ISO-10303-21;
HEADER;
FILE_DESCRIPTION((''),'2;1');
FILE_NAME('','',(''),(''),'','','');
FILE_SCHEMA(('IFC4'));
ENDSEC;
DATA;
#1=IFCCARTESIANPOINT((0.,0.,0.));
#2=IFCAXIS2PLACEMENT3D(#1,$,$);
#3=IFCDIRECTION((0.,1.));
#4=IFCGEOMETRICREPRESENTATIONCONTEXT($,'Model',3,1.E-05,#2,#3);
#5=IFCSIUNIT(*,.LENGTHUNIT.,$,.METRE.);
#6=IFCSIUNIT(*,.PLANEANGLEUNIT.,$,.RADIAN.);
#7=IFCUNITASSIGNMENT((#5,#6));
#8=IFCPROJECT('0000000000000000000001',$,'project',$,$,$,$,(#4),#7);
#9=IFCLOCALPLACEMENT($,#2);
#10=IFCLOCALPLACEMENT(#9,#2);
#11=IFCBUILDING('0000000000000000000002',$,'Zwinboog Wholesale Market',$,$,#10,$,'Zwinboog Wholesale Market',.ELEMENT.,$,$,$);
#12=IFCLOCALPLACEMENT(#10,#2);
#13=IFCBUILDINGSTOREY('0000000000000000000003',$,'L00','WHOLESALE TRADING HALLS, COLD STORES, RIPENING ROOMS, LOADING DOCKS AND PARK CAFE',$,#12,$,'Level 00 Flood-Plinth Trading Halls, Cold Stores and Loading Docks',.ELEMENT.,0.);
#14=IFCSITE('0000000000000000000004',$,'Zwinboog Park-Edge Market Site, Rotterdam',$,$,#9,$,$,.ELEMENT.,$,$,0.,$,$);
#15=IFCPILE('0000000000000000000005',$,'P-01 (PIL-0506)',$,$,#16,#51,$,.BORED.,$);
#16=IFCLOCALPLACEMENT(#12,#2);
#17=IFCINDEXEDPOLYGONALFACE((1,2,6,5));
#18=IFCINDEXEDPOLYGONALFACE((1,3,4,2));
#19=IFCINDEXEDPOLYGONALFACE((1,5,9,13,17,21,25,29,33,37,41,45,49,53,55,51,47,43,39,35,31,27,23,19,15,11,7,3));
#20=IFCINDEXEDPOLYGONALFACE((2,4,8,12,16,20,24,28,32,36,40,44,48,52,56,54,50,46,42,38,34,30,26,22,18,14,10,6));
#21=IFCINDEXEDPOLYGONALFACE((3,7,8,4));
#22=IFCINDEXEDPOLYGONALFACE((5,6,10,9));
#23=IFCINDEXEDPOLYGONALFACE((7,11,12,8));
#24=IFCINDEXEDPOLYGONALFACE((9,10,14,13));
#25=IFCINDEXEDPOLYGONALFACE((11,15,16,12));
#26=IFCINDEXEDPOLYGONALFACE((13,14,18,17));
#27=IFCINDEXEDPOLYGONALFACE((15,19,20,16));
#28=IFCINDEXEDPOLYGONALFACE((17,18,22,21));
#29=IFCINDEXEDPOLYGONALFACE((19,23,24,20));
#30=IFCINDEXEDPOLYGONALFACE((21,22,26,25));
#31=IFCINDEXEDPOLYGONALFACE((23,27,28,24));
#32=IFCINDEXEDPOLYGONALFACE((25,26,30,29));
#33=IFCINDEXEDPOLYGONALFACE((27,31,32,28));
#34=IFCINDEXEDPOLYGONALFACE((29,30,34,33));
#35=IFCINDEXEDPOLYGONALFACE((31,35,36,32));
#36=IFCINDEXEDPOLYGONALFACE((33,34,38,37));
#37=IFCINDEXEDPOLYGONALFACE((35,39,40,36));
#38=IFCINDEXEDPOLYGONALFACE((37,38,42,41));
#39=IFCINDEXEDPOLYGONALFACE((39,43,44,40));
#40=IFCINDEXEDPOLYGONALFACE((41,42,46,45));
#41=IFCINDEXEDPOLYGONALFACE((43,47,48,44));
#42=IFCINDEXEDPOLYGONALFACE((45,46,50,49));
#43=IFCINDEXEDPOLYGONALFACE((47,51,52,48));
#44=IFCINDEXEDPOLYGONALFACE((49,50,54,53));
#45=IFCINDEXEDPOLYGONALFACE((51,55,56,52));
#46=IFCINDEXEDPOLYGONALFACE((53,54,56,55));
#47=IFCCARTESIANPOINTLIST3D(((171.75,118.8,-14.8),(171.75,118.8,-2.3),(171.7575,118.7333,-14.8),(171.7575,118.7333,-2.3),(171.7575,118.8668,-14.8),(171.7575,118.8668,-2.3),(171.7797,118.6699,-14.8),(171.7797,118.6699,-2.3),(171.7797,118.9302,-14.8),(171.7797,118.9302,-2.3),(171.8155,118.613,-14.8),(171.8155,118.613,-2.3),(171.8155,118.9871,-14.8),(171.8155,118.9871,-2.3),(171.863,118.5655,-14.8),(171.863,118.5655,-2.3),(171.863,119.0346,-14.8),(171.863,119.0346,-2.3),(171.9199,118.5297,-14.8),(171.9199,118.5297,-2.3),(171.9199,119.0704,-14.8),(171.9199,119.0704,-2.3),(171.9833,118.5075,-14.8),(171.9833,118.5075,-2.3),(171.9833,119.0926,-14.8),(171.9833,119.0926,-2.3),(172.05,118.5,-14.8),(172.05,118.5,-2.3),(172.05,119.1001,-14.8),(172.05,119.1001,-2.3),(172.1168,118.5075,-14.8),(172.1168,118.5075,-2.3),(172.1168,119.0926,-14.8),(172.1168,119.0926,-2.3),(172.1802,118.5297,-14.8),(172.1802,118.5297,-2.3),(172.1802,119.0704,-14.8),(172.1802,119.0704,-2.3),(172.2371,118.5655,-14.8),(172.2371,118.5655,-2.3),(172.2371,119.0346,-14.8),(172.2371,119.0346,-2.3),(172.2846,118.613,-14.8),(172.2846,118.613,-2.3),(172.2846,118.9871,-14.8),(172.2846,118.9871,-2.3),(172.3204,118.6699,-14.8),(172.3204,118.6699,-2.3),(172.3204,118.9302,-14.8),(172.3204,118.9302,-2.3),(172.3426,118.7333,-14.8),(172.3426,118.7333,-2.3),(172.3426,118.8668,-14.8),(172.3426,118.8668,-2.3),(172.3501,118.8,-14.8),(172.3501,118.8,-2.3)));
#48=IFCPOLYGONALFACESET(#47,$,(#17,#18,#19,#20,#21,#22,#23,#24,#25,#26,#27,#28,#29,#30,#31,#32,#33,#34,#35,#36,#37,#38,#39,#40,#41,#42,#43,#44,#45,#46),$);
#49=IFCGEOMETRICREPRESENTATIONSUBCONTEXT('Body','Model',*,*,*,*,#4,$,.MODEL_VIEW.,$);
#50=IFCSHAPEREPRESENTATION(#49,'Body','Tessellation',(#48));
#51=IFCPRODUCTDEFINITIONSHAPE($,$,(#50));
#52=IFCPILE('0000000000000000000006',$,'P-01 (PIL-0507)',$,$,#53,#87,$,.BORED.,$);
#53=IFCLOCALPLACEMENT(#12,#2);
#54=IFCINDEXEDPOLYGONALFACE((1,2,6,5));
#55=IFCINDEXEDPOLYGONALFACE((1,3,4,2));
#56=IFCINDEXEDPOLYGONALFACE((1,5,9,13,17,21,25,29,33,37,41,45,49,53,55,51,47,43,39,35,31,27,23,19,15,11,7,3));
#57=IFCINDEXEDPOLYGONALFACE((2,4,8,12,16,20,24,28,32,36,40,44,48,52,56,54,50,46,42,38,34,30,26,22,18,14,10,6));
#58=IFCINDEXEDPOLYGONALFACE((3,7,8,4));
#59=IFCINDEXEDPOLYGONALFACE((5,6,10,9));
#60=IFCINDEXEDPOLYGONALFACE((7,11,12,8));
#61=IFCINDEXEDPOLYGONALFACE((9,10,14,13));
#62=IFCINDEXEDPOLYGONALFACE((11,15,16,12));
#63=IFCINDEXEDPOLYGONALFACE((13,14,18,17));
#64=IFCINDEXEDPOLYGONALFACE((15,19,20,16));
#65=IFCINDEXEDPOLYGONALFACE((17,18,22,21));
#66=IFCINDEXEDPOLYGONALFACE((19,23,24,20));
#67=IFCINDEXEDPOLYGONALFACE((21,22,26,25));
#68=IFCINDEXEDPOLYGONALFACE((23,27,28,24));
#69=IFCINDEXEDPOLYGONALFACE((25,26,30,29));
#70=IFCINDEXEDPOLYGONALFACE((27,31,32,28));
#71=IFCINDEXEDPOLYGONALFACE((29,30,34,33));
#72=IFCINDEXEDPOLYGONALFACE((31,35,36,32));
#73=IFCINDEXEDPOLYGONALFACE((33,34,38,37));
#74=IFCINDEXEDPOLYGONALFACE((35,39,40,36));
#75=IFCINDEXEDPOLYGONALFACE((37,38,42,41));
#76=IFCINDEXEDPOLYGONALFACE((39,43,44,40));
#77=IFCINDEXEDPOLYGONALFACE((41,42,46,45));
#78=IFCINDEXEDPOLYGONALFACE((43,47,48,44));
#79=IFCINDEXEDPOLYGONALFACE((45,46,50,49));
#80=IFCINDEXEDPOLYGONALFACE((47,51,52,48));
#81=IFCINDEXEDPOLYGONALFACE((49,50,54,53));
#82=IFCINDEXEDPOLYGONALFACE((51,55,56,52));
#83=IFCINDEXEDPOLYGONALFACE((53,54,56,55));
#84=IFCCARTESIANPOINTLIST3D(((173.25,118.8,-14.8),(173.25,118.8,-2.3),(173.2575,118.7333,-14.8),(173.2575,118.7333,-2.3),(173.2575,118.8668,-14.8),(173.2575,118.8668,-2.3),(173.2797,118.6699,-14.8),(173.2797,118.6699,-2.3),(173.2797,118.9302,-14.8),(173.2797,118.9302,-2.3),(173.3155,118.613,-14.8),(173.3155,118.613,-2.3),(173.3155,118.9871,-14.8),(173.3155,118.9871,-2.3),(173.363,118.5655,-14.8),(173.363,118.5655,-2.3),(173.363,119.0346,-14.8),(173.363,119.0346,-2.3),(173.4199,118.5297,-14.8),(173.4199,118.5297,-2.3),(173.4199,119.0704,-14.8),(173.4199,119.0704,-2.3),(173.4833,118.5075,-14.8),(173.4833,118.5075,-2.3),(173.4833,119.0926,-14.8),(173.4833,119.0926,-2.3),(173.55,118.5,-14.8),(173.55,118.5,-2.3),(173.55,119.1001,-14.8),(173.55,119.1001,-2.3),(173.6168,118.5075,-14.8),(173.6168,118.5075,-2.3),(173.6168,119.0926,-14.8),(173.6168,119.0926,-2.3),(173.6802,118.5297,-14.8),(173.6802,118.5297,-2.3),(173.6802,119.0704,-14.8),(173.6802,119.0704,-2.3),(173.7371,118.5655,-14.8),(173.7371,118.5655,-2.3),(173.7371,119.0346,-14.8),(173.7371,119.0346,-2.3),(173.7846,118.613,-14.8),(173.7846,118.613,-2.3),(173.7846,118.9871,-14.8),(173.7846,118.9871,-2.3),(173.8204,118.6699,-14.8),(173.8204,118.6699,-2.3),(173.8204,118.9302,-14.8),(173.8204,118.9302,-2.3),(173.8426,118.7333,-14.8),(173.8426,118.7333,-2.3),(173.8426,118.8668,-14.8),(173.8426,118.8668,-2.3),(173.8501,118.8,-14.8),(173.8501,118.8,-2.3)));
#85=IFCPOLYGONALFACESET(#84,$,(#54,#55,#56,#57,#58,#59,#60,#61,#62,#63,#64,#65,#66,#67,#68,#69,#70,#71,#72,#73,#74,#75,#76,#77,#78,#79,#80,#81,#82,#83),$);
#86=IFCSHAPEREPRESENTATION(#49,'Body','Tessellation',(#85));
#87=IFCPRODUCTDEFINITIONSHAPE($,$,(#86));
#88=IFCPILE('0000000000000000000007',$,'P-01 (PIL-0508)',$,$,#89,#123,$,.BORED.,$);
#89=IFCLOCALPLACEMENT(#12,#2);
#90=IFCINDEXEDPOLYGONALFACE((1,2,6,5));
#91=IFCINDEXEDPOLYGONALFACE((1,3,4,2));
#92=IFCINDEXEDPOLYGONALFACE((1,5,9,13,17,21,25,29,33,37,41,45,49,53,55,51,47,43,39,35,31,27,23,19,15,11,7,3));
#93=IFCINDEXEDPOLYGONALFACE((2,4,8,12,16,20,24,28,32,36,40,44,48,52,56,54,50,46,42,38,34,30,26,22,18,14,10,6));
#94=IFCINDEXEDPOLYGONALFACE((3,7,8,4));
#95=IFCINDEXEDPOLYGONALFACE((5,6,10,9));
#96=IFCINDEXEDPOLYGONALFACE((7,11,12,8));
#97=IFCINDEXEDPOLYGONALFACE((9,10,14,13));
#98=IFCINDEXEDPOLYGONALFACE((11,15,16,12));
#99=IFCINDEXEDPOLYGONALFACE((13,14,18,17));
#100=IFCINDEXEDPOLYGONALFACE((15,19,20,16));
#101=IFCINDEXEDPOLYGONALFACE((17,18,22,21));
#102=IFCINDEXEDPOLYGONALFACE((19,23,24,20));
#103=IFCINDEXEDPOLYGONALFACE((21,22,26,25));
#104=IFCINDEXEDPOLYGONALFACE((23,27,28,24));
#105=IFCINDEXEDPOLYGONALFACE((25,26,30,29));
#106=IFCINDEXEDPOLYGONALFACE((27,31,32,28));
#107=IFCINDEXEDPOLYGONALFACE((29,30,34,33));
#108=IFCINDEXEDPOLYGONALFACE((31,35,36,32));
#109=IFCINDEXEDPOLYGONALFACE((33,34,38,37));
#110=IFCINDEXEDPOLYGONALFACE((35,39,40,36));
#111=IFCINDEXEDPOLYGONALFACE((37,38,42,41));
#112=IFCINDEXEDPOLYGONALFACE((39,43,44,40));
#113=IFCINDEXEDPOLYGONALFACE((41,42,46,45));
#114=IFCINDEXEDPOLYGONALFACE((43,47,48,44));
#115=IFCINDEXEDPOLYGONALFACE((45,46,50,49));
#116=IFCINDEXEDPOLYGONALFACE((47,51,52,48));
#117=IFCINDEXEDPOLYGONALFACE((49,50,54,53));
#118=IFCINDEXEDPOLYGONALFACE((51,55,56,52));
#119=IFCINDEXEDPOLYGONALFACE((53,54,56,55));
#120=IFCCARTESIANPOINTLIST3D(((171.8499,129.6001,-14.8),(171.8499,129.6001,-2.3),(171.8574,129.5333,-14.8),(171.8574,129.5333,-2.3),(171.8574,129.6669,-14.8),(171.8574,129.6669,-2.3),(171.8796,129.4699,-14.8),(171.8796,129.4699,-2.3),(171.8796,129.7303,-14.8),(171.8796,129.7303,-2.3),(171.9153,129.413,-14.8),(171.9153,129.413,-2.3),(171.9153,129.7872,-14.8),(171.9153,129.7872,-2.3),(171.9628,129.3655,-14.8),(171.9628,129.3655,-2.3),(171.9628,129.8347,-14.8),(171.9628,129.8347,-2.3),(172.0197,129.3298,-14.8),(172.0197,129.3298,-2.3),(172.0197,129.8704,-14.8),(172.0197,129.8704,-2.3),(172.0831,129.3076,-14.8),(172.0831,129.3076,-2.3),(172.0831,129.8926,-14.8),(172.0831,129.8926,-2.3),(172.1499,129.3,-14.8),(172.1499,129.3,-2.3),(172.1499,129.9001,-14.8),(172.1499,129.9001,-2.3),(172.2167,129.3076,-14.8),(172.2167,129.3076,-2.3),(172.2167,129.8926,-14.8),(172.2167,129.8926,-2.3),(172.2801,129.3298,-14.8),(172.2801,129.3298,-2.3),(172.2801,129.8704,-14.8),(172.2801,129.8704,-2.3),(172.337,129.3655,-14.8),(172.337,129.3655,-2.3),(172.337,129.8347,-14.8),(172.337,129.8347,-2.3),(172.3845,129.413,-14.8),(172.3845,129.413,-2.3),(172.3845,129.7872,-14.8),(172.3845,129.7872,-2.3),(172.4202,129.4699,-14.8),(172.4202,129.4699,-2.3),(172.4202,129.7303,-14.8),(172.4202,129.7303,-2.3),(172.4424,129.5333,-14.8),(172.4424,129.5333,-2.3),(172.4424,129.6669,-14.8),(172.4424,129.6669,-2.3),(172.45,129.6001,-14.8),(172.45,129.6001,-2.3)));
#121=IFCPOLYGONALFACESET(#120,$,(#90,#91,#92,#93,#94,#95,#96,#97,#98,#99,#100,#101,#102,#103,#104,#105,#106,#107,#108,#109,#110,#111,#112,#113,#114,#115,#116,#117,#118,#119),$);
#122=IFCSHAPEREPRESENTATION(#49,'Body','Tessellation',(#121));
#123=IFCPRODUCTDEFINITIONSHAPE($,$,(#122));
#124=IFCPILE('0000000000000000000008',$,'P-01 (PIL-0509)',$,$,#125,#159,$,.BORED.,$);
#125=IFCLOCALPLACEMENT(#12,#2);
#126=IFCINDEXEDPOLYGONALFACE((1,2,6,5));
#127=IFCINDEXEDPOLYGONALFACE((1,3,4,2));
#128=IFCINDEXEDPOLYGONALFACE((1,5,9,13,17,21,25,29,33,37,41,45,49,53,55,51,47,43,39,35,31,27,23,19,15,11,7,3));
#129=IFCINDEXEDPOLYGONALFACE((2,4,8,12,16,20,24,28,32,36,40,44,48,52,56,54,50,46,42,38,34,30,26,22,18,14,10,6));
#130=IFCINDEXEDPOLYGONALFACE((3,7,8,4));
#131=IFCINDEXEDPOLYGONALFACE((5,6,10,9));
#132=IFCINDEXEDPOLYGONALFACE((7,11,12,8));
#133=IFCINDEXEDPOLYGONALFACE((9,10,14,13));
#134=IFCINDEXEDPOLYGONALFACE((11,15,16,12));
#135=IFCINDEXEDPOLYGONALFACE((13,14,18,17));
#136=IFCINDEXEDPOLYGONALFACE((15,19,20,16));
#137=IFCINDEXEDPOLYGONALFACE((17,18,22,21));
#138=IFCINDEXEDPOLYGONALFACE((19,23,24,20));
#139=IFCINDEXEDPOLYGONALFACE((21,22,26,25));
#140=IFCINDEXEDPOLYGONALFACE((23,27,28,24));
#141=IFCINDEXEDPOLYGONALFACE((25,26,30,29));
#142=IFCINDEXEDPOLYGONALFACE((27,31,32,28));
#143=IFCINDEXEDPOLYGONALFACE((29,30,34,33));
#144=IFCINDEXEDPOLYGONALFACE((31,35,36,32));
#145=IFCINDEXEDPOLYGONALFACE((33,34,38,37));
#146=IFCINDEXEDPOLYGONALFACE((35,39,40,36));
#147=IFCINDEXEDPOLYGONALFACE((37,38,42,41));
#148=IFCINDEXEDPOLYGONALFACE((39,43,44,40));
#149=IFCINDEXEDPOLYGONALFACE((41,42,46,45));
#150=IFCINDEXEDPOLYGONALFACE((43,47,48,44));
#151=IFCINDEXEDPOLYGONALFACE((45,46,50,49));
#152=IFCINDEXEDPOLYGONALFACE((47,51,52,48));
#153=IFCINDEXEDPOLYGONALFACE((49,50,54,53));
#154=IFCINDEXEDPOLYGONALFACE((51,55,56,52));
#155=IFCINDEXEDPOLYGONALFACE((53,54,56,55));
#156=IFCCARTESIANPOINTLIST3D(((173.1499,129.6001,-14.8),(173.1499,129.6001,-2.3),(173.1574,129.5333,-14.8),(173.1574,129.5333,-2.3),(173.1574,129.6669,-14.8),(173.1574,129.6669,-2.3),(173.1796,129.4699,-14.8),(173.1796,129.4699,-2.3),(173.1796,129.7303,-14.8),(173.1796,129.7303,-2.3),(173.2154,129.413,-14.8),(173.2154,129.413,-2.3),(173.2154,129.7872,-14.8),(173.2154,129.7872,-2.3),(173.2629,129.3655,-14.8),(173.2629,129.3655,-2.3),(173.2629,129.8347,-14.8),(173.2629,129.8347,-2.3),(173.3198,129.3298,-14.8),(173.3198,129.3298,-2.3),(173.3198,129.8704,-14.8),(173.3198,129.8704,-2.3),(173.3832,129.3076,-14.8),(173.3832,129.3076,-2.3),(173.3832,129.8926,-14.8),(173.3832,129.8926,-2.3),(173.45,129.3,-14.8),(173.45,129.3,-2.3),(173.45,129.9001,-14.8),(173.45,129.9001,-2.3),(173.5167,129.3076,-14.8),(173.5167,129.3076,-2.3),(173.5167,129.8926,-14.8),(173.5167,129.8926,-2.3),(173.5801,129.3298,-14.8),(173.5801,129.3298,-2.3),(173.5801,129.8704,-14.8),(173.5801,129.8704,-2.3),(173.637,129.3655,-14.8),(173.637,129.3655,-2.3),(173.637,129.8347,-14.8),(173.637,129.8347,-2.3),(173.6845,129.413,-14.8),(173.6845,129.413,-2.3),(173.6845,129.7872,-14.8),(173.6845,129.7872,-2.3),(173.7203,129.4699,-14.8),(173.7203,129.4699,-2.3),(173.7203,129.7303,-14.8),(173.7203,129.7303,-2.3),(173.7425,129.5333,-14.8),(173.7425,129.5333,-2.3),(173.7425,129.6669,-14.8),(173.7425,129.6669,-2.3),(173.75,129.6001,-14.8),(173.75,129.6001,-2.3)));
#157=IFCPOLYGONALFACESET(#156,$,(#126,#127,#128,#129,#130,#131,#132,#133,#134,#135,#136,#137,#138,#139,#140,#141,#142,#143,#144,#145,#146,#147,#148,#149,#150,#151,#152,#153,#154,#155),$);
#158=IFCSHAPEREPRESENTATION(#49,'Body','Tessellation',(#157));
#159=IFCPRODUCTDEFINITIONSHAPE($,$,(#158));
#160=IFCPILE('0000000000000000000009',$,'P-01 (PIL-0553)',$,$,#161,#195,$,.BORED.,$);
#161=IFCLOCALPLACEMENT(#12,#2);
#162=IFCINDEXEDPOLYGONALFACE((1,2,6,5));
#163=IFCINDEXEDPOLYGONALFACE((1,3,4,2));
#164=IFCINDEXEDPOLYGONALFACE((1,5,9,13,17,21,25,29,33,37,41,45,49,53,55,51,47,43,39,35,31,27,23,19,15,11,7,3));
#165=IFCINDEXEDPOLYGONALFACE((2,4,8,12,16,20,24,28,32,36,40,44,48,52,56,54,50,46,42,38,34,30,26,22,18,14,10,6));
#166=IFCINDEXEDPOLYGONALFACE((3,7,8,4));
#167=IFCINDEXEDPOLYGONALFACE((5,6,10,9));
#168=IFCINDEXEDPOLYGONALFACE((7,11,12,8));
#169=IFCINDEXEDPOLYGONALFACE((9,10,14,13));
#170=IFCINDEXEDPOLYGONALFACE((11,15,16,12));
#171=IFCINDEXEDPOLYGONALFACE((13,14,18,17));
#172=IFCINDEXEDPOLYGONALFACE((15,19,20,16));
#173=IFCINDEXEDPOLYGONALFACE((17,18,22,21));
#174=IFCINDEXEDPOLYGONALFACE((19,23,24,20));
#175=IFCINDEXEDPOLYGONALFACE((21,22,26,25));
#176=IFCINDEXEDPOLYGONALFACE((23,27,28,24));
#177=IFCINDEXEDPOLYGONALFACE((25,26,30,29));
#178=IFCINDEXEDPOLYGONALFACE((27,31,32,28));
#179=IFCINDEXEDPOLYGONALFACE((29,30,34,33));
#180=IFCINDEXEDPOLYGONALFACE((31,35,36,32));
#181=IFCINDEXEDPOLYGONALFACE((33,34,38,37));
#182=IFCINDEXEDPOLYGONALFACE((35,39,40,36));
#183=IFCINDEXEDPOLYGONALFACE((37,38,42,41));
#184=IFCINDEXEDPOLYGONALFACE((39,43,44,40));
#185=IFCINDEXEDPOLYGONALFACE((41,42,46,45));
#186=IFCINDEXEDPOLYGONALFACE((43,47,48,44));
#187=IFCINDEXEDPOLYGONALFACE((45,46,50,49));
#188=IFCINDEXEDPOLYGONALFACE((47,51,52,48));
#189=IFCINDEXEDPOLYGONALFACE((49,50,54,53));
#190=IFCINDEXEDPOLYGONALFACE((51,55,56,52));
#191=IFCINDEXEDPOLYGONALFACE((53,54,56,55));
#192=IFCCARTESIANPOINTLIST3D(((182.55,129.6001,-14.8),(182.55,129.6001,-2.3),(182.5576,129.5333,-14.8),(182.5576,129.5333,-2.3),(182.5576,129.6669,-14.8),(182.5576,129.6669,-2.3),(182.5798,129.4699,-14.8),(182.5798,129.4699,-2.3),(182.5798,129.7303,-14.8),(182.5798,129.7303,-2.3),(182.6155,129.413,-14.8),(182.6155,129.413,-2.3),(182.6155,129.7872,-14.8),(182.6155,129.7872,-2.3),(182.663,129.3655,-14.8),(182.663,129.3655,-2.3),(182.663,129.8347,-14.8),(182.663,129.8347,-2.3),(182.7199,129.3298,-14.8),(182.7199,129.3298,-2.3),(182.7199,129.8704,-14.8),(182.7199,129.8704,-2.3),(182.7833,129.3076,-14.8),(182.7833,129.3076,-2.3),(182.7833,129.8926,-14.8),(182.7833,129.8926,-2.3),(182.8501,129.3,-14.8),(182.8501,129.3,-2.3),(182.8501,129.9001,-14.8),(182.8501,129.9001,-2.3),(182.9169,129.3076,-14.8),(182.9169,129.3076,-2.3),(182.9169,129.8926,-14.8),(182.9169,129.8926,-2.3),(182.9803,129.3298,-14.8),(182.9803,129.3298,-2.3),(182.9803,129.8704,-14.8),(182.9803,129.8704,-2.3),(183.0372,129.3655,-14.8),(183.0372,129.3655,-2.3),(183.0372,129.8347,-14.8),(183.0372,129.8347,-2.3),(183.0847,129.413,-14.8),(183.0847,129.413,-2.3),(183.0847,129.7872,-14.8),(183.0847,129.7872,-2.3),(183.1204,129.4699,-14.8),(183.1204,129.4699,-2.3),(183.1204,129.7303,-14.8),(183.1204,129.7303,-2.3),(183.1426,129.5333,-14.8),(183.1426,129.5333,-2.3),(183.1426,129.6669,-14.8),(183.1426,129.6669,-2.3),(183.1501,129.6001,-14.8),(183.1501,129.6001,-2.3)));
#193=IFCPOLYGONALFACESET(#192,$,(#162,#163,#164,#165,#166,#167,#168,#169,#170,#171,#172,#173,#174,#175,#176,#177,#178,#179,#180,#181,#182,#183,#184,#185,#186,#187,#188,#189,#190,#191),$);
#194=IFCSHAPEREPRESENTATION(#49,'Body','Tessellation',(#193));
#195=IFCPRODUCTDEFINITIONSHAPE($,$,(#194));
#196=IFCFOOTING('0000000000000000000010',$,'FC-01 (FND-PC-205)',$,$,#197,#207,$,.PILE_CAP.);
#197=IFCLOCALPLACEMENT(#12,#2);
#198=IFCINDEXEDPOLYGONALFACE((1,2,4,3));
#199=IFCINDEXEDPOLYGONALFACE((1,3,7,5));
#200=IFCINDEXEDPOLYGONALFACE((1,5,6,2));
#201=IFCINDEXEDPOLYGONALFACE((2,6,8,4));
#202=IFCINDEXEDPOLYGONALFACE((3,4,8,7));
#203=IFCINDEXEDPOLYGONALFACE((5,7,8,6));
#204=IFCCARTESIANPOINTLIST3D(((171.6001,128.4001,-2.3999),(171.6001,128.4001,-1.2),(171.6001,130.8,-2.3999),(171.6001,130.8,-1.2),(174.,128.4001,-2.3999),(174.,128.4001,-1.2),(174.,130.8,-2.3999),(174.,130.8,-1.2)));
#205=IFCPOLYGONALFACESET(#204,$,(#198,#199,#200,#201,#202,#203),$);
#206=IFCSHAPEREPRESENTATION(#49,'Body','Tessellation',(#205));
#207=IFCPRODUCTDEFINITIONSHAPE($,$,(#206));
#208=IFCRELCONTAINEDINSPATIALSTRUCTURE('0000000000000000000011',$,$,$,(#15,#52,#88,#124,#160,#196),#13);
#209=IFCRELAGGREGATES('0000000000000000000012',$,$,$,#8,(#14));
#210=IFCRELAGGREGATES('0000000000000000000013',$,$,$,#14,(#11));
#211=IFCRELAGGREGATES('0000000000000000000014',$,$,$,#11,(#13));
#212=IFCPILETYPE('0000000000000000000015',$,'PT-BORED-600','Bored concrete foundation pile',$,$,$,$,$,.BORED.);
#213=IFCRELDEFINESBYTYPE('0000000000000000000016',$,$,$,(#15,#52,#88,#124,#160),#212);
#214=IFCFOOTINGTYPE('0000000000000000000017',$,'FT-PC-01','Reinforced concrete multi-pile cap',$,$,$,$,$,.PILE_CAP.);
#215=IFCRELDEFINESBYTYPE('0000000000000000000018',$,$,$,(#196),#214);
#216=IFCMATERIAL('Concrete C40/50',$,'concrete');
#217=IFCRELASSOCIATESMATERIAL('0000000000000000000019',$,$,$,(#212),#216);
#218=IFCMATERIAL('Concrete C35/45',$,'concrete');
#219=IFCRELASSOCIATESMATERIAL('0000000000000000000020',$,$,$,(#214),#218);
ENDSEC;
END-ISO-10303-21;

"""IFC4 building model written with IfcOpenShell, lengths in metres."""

from ifc_helpers import new_model, si_unit, direction, frame, origin, origin_2d, place, context, subcontext, project, spatial, rectangle, circle, extrude, material, material_profile, profile_set, type_object, element, save


model = new_model("IFC4")

# Units and contexts
model_context = context("Model", 3, precision=1e-05, world=origin(), true_north=direction((0.0, 1.0)))
body_context = subcontext(model_context, "Body", "Model", "MODEL_VIEW")
ifc_project = project(units=[si_unit("LENGTHUNIT", "METRE"), si_unit("PLANEANGLEUNIT", "RADIAN")], contexts=[model_context])

# Site, building, storey
site_placement = place(None, origin())
site = spatial("IfcSite", under=ifc_project, at=site_placement, Name="Zwinboog Park-Edge Market Site, Rotterdam", CompositionType="ELEMENT", RefElevation=0.0)
building_placement = place(site_placement, origin())
building = spatial("IfcBuilding", under=site, at=building_placement, Name="Zwinboog Wholesale Market", LongName="Zwinboog Wholesale Market", CompositionType="ELEMENT")
storey_placement = place(building_placement, origin())
storey = spatial("IfcBuildingStorey", under=building, at=storey_placement, Name="L00", Description="WHOLESALE TRADING HALLS, COLD STORES, RIPENING ROOMS, LOADING DOCKS AND PARK CAFE", LongName="Level 00 Flood-Plinth Trading Halls, Cold Stores and Loading Docks", CompositionType="ELEMENT", Elevation=0.0)

# Piles
ifc_material_1 = material(Name="Concrete C40/50", Category="concrete")
ifc_material_profile_1 = material_profile(ifc_material_1, circle(Radius=0.3, at=origin_2d()), Name="PILE D600")
ifc_profile_set_1 = profile_set([ifc_material_profile_1], Name="Concrete C40/50")
pile_type = type_object("IfcPileType", Name="PT-BORED-600", Description="Bored concrete foundation pile", PredefinedType="BORED", material=ifc_profile_set_1)
for number, where, z_axis, x_axis, name in (
    (1, (172.05, 118.8, -2.3), (0.0, 0.0, -1.0), (1.0, 0.0, 0.0), "P-01 (PIL-0506)"),
    (2, (173.55, 118.8, -2.3), (0.0, 0.0, -1.0), (1.0, 0.0, 0.0), "P-01 (PIL-0507)"),
    (3, (172.1499, 129.6001, -2.3), (0.0, 0.0, -1.0), (1.0, 0.0, 0.0), "P-01 (PIL-0508)"),
    (4, (173.45, 129.6001, -2.3), (0.0, 0.0, -1.0), (1.0, 0.0, 0.0), "P-01 (PIL-0509)"),
    (5, (182.8501, 129.6001, -2.3), (0.0, 0.0, -1.0), (1.0, 0.0, 0.0), "P-01 (PIL-0553)"),
):
    element("IfcPile", number, at=place(storey_placement, frame(where, z_axis=z_axis, x_axis=x_axis)), inside=storey, type_object=pile_type, Name=name, PredefinedType="BORED", context=body_context, shape_type="SweptSolid", body=[
        extrude(circle(Radius=0.3, at=origin_2d()), origin(), (0.0, 0.0, 1.0), 12.5),
    ])

# Footing
ifc_material_2 = material(Name="Concrete C35/45", Category="concrete")
footing_type_1 = type_object("IfcFootingType", Name="FT-PC-01", Description="Reinforced concrete multi-pile cap", PredefinedType="PILE_CAP", material=ifc_material_2)
footing_1_placement = place(storey_placement, frame((172.8, 129.6001, -2.3999), z_axis=(0.0, 0.0, 1.0), x_axis=(1.0, 0.0, 0.0)))
element("IfcFooting", 6, at=footing_1_placement, inside=storey, type_object=footing_type_1, Name="FC-01 (FND-PC-205)", PredefinedType="PILE_CAP", context=body_context, shape_type="SweptSolid", body=[
    extrude(rectangle(XDim=2.3999, YDim=2.3999, at=origin_2d()), origin(), (0.0, 0.0, 1.0), 1.2),
])

save(model, "model.ifc")
